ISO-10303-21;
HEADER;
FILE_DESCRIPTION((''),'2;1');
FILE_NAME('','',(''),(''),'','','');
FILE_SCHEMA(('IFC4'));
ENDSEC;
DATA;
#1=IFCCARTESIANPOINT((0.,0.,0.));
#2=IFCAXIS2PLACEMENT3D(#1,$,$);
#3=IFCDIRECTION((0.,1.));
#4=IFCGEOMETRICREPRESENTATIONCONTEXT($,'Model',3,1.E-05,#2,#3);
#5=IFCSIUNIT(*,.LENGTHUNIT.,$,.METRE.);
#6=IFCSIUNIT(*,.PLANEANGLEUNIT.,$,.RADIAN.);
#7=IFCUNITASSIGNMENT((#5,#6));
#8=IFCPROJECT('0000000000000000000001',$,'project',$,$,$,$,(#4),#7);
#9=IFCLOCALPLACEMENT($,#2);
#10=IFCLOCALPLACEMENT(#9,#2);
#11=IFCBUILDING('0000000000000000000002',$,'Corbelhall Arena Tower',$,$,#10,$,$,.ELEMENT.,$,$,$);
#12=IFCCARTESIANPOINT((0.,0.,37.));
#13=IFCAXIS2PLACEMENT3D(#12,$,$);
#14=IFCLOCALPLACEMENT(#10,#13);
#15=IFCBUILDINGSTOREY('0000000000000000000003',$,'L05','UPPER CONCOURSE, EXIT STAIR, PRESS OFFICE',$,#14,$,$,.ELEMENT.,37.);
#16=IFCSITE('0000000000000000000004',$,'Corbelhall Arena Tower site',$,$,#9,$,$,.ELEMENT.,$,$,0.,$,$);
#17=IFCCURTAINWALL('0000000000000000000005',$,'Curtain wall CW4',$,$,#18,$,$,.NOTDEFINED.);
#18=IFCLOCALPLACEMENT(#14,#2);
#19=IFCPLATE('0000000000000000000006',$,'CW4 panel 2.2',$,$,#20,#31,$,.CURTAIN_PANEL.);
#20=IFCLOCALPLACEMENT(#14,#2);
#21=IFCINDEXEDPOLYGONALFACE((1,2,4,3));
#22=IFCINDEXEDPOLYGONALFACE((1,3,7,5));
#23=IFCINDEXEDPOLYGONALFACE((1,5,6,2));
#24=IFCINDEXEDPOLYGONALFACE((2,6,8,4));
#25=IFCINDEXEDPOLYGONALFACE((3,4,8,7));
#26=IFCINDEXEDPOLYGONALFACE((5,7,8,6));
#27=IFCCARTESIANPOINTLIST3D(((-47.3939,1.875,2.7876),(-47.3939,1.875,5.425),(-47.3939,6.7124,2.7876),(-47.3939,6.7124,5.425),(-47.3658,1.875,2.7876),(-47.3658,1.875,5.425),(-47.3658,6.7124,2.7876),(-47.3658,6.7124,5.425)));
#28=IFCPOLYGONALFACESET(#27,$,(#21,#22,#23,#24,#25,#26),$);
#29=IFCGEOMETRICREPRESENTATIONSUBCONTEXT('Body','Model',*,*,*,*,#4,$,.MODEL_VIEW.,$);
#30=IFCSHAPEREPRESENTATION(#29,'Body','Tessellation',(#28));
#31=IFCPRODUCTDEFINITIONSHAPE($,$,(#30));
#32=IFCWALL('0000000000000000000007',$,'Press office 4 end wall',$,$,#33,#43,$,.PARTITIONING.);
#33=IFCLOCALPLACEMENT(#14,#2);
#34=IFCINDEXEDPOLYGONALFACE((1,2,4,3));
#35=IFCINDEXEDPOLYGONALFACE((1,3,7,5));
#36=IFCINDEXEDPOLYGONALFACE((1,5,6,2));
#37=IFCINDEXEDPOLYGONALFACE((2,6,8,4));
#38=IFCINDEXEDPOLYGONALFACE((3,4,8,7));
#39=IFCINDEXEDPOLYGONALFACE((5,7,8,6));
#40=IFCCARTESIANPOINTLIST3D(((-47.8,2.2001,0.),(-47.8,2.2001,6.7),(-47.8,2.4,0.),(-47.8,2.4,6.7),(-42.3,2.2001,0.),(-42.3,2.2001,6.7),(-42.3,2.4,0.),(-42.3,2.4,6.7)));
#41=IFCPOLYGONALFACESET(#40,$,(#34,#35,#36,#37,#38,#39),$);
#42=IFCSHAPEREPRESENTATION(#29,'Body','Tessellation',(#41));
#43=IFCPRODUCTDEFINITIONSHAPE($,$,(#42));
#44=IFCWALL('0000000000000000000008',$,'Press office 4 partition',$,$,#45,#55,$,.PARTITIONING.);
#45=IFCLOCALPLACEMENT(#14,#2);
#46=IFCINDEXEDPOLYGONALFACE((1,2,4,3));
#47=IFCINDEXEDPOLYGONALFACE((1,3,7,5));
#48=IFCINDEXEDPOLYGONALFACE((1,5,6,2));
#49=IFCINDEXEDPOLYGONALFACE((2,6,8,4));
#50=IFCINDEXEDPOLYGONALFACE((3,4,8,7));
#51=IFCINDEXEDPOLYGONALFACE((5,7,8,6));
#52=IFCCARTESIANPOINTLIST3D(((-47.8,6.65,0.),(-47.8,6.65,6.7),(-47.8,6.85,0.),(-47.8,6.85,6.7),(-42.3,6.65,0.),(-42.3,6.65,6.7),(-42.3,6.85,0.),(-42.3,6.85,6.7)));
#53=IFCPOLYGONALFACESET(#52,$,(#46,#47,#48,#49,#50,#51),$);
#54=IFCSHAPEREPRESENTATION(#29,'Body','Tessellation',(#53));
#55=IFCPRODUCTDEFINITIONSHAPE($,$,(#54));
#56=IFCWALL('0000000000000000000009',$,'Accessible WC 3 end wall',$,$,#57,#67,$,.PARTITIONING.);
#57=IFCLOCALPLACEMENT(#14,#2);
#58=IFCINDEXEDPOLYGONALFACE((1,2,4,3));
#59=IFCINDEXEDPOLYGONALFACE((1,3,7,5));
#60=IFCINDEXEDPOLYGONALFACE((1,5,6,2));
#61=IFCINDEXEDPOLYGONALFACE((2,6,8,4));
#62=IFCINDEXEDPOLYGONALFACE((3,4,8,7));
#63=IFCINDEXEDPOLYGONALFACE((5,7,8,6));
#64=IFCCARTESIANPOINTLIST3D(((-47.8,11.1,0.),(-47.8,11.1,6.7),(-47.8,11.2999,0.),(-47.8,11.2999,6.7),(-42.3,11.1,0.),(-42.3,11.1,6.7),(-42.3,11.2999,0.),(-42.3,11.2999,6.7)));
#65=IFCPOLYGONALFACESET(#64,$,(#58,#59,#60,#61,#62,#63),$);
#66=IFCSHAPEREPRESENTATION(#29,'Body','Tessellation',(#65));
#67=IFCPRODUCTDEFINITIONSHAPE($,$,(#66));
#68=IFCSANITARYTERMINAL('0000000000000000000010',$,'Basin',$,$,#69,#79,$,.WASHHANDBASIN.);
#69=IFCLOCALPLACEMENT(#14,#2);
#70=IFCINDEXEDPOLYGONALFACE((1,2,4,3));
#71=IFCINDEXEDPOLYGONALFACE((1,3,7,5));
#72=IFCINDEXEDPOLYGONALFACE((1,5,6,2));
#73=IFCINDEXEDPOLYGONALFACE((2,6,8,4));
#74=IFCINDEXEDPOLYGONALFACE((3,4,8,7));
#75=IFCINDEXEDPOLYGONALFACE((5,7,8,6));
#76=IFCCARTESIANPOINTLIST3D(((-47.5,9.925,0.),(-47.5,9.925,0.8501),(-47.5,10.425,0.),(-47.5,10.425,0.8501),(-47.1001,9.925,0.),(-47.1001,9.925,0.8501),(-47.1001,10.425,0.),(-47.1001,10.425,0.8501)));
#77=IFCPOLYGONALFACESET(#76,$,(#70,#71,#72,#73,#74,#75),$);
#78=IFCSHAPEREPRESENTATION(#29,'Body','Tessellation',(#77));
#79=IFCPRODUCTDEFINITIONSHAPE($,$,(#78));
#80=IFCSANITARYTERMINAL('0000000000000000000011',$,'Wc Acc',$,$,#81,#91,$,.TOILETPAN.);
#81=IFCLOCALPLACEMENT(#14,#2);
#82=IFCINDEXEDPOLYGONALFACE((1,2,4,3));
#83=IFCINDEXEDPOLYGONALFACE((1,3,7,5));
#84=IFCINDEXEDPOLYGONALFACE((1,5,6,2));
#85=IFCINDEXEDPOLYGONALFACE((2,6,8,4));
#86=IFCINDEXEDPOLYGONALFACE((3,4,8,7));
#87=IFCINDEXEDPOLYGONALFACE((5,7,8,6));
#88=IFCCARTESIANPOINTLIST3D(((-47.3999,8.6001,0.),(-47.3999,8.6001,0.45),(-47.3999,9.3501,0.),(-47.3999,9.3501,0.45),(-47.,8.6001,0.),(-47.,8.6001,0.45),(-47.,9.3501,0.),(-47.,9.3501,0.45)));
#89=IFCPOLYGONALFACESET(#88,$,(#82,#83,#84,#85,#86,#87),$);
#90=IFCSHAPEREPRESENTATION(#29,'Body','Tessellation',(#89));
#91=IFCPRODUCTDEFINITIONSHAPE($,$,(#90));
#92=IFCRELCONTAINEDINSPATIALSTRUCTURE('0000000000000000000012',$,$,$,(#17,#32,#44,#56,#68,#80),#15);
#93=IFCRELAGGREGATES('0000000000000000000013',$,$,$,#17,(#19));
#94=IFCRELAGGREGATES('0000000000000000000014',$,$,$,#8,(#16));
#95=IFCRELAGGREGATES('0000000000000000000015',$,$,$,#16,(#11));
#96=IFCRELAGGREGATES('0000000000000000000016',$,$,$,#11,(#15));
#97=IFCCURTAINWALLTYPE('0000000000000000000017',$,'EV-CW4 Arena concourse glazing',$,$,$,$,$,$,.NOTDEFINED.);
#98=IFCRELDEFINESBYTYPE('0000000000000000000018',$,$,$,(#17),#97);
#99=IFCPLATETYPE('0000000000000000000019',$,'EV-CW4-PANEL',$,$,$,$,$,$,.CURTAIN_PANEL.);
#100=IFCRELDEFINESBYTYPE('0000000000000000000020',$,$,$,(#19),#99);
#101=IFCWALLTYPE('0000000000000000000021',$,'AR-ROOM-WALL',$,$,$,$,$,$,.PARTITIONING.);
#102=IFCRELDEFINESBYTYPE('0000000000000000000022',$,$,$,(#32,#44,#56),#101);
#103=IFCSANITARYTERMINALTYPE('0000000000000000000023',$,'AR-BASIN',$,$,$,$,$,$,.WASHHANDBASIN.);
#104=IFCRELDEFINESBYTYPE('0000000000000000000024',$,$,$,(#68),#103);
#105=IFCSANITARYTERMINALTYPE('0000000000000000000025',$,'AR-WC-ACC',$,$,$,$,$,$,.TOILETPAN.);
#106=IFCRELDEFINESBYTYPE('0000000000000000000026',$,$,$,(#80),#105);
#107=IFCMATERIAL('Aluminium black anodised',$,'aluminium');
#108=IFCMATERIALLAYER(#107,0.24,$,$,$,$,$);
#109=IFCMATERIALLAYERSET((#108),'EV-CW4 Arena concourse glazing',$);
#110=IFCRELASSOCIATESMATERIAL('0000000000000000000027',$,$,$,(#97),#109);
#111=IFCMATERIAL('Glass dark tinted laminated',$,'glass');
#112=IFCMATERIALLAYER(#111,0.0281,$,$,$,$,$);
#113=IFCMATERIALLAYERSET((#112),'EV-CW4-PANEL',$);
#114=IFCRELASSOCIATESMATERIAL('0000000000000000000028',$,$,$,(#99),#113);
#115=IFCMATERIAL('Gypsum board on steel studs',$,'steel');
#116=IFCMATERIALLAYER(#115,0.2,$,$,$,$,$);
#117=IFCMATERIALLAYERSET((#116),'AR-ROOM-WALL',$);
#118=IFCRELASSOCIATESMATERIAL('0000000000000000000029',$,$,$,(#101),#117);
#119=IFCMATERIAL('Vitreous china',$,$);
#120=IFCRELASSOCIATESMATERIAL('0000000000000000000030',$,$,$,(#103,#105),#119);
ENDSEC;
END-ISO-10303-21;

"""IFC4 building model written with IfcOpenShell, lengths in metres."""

from ifc_helpers import new_model, si_unit, direction, frame, frame_2d, origin, origin_2d, place, context, subcontext, project, spatial, rectangle, extrude, material, layer, layer_set, type_object, element, aggregate, save


model = new_model("IFC4")

# Units and contexts
model_context = context("Model", 3, precision=1e-05, world=origin(), true_north=direction((0.0, 1.0)))
body_context = subcontext(model_context, "Body", "Model", "MODEL_VIEW")
ifc_project = project(units=[si_unit("LENGTHUNIT", "METRE"), si_unit("PLANEANGLEUNIT", "RADIAN")], contexts=[model_context])

# Site, building, storey
site_placement = place(None, origin())
site = spatial("IfcSite", under=ifc_project, at=site_placement, Name="Corbelhall Arena Tower site", CompositionType="ELEMENT", RefElevation=0.0)
building_placement = place(site_placement, origin())
building = spatial("IfcBuilding", under=site, at=building_placement, Name="Corbelhall Arena Tower", CompositionType="ELEMENT")
storey_placement = place(building_placement, frame((0.0, 0.0, 37.0)))
storey = spatial("IfcBuildingStorey", under=building, at=storey_placement, Name="L05", Description="UPPER CONCOURSE, EXIT STAIR, PRESS OFFICE", CompositionType="ELEMENT", Elevation=37.0)

# Curtain wall
ifc_material_1 = material(Name="Aluminium black anodised", Category="aluminium")
ifc_layer_1 = layer(ifc_material_1, 0.24)
ifc_layer_set_1 = layer_set([ifc_layer_1], Name="EV-CW4 Arena concourse glazing")
curtain_wall_type = type_object("IfcCurtainWallType", Name="EV-CW4 Arena concourse glazing", PredefinedType="NOTDEFINED", material=ifc_layer_set_1)
curtain_wall_placement = place(storey_placement, origin())
curtain_wall = element("IfcCurtainWall", 1, at=curtain_wall_placement, inside=storey, type_object=curtain_wall_type, Name="Curtain wall CW4", PredefinedType="NOTDEFINED")

# Plate
ifc_material_2 = material(Name="Glass dark tinted laminated", Category="glass")
ifc_layer_2 = layer(ifc_material_2, 0.0281)
ifc_layer_set_2 = layer_set([ifc_layer_2], Name="EV-CW4-PANEL")
plate_type = type_object("IfcPlateType", Name="EV-CW4-PANEL", PredefinedType="CURTAIN_PANEL", material=ifc_layer_set_2)
plate_1_placement = place(storey_placement, frame((-47.3799, 4.2937, 2.7876), z_axis=(0.0, 0.0, 1.0), x_axis=(0.0, -1.0, 0.0)))
plate_1 = element("IfcPlate", 2, at=plate_1_placement, type_object=plate_type, Name="CW4 panel 2.2", PredefinedType="CURTAIN_PANEL", context=body_context, shape_type="SweptSolid", body=[
    extrude(rectangle(XDim=4.8374, YDim=0.0281, at=origin_2d()), origin(), (0.0, 0.0, 1.0), 2.6375),
])
aggregate(curtain_wall, [plate_1])

# Shared definitions
ifc_material_3 = material(Name="Gypsum board on steel studs", Category="steel")
ifc_layer_3 = layer(ifc_material_3, 0.2)
ifc_layer_set_3 = layer_set([ifc_layer_3], Name="AR-ROOM-WALL")
wall_type = type_object("IfcWallType", Name="AR-ROOM-WALL", PredefinedType="PARTITIONING", material=ifc_layer_set_3)

# Walls
for number, where, z_axis, x_axis, name in (
    (3, (-42.3, 2.3, 0.0), (0.0, 0.0, 1.0), (-1.0, 0.0, 0.0), "Press office 4 end wall"),
    (4, (-47.8, 6.75, 0.0), (0.0, 0.0, 1.0), (1.0, 0.0, 0.0), "Press office 4 partition"),
):
    element("IfcWall", number, at=place(storey_placement, frame(where, z_axis=z_axis, x_axis=x_axis)), inside=storey, type_object=wall_type, Name=name, PredefinedType="PARTITIONING", context=body_context, shape_type="SweptSolid", body=[
        extrude(rectangle(XDim=5.5, YDim=0.2, at=frame_2d((2.75, 0.0))), origin(), (0.0, 0.0, 1.0), 6.7),
    ])

# Wall
wall_1_placement = place(storey_placement, frame((-42.3, 11.2, 0.0), z_axis=(0.0, 0.0, 1.0), x_axis=(-1.0, 0.0, 0.0)))
element("IfcWall", 5, at=wall_1_placement, inside=storey, type_object=wall_type, Name="Accessible WC 3 end wall", PredefinedType="PARTITIONING", context=body_context, shape_type="SweptSolid", body=[
    extrude(rectangle(XDim=5.5, YDim=0.2, at=frame_2d((2.75, 0.0))), origin(), (0.0, 0.0, 1.0), 6.7),
])

# Sanitary terminals
ifc_material_4 = material(Name="Vitreous china")
sanitary_terminal_type_1 = type_object("IfcSanitaryTerminalType", Name="AR-BASIN", PredefinedType="WASHHANDBASIN", material=ifc_material_4)
sanitary_terminal_1_placement = place(storey_placement, frame((-47.3, 10.175, 0.0), z_axis=(0.0, 0.0, 1.0), x_axis=(1.0, 0.0, 0.0)))
element("IfcSanitaryTerminal", 6, at=sanitary_terminal_1_placement, inside=storey, type_object=sanitary_terminal_type_1, Name="Basin", PredefinedType="WASHHANDBASIN", context=body_context, shape_type="SweptSolid", body=[
    extrude(rectangle(XDim=0.3999, YDim=0.5, at=origin_2d()), origin(), (0.0, 0.0, 1.0), 0.8501),
])
sanitary_terminal_type_2 = type_object("IfcSanitaryTerminalType", Name="AR-WC-ACC", PredefinedType="TOILETPAN", material=ifc_material_4)
sanitary_terminal_2_placement = place(storey_placement, frame((-47.2, 8.9751, 0.0), z_axis=(0.0, 0.0, 1.0), x_axis=(1.0, 0.0, 0.0)))
element("IfcSanitaryTerminal", 7, at=sanitary_terminal_2_placement, inside=storey, type_object=sanitary_terminal_type_2, Name="Wc Acc", PredefinedType="TOILETPAN", context=body_context, shape_type="SweptSolid", body=[
    extrude(rectangle(XDim=0.3999, YDim=0.75, at=origin_2d()), origin(), (0.0, 0.0, 1.0), 0.45),
])

save(model, "model.ifc")
